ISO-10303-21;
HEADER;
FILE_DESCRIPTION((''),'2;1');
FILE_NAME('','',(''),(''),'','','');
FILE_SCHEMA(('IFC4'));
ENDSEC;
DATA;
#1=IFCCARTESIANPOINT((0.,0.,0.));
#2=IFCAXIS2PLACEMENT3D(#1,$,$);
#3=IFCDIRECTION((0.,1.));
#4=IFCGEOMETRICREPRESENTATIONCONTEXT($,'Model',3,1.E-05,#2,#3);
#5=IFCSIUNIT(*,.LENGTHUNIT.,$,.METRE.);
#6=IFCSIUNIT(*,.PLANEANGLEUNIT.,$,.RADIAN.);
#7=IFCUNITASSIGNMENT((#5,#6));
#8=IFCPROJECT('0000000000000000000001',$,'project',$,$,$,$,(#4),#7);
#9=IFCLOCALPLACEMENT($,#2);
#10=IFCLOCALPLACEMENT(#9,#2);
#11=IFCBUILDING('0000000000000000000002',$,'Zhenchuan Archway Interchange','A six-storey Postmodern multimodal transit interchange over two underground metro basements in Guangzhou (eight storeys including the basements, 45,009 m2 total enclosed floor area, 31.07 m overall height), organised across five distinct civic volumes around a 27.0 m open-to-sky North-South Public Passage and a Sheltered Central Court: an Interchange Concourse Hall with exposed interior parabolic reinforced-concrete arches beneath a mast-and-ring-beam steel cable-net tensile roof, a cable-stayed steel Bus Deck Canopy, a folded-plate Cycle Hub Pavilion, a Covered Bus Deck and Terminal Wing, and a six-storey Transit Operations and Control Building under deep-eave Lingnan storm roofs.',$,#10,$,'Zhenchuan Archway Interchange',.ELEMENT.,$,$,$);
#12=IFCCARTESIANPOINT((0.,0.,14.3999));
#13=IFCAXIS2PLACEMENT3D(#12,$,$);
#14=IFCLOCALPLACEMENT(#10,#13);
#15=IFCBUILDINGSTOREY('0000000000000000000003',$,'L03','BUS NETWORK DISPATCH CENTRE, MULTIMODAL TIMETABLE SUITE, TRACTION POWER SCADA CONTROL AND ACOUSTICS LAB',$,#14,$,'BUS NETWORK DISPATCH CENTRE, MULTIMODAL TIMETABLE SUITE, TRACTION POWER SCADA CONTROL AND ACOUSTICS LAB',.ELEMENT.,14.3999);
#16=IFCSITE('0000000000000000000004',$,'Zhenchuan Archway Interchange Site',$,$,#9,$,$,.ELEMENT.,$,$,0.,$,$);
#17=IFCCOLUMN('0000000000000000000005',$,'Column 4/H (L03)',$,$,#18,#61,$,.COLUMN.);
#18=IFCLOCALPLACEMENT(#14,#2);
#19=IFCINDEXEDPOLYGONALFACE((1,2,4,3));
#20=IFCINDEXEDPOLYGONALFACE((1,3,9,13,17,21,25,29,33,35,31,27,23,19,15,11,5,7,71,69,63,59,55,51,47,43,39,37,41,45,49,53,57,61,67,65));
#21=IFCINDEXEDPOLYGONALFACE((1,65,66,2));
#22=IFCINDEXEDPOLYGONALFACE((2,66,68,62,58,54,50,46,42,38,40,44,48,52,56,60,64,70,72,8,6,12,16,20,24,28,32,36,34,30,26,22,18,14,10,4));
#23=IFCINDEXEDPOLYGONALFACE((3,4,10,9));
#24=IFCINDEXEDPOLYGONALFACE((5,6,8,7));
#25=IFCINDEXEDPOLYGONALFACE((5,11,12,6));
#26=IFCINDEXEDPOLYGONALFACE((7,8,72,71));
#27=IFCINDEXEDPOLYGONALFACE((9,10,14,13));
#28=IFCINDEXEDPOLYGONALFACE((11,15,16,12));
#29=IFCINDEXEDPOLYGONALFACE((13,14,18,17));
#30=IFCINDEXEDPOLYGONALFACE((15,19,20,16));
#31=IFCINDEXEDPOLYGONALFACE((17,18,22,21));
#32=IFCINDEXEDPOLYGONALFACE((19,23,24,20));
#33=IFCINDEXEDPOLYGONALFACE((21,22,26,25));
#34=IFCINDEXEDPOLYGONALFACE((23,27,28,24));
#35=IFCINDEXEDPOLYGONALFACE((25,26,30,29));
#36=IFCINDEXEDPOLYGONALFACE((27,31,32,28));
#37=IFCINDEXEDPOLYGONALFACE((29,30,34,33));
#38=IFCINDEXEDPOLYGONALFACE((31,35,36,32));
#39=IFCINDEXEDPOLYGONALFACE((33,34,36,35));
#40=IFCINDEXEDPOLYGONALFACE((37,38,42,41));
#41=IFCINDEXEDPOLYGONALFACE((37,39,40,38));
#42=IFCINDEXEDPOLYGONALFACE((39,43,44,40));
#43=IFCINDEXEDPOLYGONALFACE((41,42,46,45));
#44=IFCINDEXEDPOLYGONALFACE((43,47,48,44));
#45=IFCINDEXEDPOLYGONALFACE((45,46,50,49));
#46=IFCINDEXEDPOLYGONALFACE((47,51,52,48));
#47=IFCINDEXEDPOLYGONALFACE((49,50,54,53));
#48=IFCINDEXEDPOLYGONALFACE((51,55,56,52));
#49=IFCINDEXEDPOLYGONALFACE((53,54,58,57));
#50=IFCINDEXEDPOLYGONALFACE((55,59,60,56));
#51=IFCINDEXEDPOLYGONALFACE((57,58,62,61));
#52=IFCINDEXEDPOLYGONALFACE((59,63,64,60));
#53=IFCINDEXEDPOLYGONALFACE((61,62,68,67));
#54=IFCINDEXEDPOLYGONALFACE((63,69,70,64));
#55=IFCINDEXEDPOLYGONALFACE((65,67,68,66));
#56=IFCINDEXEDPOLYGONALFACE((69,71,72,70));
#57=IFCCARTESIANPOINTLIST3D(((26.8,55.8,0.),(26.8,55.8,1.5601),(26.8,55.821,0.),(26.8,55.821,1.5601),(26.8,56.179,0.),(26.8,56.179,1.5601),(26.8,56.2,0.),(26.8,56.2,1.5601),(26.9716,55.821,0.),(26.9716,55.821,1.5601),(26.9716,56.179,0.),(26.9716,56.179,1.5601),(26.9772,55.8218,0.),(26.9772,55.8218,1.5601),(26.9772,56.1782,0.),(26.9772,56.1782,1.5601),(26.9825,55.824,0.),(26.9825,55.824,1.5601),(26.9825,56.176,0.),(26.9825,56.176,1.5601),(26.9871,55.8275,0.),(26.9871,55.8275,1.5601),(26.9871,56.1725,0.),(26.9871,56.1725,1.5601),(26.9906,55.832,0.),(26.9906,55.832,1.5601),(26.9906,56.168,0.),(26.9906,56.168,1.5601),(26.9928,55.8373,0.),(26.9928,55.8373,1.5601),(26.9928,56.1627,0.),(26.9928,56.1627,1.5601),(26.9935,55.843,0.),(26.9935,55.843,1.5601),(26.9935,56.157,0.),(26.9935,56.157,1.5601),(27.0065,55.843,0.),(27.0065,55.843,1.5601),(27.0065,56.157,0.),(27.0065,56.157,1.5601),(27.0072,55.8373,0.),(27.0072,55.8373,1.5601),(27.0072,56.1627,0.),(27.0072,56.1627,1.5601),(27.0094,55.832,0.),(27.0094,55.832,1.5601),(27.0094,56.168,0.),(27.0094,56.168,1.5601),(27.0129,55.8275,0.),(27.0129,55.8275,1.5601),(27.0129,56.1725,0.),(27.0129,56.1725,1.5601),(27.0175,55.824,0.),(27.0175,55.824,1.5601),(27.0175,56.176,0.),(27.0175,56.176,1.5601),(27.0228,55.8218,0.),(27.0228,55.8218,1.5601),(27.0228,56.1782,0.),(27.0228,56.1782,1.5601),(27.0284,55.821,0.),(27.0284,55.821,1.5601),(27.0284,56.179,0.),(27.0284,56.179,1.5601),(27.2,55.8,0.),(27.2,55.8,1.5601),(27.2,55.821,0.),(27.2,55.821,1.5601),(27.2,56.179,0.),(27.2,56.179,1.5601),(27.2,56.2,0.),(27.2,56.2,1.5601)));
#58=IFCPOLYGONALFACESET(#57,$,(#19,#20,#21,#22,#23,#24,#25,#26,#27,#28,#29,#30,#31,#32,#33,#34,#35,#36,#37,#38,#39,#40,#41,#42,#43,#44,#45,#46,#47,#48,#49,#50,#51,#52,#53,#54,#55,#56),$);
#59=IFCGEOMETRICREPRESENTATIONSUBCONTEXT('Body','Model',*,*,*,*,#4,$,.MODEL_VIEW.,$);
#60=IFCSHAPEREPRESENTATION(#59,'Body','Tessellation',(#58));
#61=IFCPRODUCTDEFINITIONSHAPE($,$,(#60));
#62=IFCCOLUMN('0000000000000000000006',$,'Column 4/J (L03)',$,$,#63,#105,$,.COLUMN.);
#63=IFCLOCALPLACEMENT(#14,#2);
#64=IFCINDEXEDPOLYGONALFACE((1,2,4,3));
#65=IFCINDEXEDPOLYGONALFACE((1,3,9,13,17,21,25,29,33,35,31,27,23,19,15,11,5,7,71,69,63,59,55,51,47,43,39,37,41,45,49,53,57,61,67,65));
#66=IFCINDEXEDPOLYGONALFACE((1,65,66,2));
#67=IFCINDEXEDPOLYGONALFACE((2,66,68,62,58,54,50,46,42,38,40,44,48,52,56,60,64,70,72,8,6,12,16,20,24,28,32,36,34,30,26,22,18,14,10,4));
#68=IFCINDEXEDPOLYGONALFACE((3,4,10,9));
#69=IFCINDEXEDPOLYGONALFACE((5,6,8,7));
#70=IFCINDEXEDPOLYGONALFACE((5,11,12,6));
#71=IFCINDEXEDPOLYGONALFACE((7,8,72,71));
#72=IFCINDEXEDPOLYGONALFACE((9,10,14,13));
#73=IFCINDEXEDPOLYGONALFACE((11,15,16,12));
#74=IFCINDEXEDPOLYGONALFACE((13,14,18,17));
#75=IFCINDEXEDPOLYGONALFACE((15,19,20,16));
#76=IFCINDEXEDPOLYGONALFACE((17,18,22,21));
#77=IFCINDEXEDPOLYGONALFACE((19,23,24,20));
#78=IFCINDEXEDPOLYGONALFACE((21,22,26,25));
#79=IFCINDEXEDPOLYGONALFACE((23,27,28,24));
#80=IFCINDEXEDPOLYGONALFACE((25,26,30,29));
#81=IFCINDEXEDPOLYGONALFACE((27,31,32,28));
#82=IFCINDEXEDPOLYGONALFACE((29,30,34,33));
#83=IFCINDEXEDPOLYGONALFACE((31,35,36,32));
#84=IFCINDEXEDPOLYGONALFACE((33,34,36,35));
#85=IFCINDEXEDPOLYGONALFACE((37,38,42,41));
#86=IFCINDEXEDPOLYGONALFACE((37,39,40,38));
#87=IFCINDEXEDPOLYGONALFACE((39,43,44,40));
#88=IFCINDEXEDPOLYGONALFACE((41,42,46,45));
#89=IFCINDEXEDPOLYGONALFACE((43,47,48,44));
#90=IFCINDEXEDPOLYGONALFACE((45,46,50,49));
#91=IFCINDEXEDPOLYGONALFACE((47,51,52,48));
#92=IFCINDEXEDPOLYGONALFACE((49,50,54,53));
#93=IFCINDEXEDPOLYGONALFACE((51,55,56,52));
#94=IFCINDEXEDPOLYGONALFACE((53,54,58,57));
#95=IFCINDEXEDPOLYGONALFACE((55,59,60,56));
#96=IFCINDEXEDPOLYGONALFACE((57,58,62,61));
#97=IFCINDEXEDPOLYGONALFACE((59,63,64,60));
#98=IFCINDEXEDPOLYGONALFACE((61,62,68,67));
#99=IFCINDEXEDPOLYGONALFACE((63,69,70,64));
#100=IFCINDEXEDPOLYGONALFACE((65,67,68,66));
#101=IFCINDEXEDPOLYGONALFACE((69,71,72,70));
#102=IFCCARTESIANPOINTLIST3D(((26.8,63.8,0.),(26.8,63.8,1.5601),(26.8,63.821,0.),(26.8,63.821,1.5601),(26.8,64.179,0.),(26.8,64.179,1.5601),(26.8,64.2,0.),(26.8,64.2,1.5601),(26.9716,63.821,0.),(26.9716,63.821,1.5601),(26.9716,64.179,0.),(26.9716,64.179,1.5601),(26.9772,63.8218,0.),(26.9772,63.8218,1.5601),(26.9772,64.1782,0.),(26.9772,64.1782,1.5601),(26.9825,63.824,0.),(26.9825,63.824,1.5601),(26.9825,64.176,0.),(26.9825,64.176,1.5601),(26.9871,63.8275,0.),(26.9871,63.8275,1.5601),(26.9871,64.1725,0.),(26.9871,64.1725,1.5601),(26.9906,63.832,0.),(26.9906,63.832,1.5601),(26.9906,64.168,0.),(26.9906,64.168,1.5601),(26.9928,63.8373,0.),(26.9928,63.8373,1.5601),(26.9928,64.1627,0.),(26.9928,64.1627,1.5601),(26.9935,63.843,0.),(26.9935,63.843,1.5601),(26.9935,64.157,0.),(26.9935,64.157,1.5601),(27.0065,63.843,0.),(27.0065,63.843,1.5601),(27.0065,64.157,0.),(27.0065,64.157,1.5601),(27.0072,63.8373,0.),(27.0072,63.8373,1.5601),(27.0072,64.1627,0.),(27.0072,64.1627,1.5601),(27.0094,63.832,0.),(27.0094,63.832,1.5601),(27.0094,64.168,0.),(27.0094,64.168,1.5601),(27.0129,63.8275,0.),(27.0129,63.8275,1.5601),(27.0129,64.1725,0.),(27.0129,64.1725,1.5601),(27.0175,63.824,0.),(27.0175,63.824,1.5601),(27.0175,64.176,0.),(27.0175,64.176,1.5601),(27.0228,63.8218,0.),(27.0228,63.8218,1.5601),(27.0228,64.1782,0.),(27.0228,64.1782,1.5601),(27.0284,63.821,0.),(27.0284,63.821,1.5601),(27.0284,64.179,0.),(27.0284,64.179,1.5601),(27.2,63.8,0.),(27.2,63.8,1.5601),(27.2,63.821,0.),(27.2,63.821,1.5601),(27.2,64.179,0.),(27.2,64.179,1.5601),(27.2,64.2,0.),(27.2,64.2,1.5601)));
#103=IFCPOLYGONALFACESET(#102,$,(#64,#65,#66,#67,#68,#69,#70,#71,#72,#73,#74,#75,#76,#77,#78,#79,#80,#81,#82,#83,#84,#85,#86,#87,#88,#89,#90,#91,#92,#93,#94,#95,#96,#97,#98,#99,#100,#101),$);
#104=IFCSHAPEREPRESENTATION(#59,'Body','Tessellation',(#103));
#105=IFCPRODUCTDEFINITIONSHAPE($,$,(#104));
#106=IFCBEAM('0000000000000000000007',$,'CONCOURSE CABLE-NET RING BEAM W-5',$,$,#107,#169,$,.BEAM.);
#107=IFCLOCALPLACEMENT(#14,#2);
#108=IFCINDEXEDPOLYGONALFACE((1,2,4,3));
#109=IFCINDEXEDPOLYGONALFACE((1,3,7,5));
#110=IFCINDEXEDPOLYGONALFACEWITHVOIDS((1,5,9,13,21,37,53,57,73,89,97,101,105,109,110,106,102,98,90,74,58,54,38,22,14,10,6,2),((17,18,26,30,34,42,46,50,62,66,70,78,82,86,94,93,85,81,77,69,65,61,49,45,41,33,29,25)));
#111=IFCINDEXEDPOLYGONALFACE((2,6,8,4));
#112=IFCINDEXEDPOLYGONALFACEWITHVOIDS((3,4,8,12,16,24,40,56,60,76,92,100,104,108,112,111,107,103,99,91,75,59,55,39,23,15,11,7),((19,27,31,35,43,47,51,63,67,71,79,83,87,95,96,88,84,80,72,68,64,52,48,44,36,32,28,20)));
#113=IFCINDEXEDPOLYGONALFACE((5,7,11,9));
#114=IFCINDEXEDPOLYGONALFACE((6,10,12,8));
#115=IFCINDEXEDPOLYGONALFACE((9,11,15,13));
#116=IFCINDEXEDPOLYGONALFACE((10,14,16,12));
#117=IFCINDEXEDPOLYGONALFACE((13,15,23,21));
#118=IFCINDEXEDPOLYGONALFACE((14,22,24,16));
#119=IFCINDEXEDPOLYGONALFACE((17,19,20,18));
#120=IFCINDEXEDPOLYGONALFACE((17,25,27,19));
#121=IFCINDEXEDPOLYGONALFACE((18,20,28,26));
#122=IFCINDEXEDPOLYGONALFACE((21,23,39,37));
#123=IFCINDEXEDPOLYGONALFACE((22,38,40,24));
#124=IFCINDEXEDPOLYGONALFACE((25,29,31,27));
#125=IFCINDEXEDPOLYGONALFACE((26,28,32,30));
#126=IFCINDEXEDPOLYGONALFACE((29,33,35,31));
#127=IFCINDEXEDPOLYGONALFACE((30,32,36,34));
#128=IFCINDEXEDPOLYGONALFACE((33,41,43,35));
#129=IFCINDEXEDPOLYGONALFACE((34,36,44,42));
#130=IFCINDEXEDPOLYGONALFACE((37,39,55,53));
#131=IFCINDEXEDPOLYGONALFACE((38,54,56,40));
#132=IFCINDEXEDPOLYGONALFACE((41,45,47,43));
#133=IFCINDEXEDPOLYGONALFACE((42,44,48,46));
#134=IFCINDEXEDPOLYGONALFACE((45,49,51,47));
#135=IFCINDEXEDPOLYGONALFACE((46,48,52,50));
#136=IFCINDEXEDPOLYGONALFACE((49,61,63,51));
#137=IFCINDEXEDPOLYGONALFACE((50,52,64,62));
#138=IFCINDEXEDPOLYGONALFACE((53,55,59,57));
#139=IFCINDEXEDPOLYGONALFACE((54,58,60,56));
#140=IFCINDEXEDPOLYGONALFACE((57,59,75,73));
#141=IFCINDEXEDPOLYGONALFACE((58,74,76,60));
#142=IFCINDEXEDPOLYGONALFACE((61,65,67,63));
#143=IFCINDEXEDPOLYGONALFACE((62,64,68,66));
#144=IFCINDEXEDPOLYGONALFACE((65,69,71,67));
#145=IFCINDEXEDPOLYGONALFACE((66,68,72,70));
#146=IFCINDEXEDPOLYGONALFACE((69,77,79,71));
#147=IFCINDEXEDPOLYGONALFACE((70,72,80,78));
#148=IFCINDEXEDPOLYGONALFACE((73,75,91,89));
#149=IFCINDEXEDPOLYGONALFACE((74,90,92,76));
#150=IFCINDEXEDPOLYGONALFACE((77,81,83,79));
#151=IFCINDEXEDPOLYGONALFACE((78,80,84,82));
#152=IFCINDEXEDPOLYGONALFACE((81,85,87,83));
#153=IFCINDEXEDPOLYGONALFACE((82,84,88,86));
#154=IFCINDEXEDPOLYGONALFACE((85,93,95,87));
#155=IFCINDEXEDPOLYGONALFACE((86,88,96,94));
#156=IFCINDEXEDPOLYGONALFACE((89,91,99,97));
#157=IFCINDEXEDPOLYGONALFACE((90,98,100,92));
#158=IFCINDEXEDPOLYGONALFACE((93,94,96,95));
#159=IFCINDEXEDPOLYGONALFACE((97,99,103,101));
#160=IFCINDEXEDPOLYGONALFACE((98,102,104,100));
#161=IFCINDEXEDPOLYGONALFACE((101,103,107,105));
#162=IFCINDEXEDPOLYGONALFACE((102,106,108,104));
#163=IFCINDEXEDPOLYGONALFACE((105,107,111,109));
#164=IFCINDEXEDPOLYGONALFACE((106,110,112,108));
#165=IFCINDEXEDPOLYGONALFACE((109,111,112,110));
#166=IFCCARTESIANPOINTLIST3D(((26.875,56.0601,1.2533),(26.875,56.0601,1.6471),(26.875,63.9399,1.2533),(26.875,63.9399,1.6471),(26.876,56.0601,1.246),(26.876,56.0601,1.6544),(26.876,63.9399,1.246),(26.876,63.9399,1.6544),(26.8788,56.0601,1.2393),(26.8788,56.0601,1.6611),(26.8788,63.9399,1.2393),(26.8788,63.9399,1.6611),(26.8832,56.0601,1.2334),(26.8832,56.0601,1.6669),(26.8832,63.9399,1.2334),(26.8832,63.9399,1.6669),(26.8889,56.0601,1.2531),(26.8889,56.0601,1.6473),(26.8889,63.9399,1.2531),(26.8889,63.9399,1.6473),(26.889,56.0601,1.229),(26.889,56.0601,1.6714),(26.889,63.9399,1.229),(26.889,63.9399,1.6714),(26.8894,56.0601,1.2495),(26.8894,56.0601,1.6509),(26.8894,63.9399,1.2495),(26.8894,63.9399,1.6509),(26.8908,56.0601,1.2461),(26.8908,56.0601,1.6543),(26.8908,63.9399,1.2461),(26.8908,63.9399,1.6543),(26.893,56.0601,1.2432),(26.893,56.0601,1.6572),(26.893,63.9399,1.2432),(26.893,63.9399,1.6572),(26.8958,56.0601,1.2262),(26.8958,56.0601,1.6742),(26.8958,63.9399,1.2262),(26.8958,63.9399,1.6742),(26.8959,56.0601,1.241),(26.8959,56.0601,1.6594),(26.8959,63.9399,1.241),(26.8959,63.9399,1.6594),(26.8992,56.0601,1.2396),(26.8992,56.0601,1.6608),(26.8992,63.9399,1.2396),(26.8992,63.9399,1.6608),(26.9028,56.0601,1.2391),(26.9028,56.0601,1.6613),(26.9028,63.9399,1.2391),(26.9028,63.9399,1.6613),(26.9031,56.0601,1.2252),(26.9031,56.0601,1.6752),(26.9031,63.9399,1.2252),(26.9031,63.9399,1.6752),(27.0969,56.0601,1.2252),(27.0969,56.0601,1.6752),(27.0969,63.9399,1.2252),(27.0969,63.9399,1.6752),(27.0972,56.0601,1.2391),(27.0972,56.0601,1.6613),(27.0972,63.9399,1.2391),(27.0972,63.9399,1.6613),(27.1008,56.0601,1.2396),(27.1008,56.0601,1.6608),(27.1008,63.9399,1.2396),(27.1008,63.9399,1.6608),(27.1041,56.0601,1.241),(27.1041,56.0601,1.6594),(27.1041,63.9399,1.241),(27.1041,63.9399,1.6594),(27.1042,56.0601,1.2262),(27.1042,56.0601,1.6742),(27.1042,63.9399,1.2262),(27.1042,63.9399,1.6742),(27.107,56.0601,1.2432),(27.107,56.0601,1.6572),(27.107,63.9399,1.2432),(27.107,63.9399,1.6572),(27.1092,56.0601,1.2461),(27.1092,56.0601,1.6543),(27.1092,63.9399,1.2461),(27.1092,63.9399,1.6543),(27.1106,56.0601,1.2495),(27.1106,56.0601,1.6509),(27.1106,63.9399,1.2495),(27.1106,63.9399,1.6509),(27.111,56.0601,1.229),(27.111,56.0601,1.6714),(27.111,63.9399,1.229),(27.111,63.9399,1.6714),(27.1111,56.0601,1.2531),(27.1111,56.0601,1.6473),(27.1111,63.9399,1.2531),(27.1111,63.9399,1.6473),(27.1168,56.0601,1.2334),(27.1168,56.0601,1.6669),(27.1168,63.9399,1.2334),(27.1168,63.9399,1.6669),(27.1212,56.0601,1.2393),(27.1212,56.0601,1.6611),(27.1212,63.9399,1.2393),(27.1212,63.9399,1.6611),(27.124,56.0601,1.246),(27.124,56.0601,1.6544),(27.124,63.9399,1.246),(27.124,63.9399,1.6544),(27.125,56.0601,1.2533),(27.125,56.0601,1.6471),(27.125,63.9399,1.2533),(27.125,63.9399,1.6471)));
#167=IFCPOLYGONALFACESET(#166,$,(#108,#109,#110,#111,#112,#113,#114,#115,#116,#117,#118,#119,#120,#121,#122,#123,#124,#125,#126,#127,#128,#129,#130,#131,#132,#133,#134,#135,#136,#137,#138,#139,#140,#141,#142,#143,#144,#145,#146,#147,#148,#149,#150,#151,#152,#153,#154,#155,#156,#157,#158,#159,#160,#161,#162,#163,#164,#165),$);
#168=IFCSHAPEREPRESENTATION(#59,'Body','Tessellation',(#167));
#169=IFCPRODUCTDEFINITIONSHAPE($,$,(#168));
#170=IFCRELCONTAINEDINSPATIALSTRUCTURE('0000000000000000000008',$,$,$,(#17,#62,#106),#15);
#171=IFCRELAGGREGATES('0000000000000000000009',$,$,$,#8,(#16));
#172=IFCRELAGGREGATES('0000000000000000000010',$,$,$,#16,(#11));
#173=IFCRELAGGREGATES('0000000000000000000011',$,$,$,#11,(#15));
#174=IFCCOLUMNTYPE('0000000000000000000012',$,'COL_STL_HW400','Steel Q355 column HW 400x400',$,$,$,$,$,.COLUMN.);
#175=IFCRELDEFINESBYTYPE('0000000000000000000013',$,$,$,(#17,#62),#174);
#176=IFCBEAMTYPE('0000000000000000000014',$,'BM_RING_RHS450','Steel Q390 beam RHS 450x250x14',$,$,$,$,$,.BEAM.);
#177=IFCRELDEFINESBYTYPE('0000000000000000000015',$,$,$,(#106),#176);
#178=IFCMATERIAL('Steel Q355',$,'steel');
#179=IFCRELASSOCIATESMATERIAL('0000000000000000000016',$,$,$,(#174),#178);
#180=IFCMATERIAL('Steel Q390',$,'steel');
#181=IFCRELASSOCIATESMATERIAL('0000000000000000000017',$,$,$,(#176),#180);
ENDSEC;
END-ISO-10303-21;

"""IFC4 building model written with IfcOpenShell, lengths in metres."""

from ifc_helpers import new_model, si_unit, direction, frame, origin, origin_2d, place, context, subcontext, project, spatial, hollow_rectangle, i_section, extrude, material, material_profile, profile_set, type_object, element, save


model = new_model("IFC4")

# Units and contexts
model_context = context("Model", 3, precision=1e-05, world=origin(), true_north=direction((0.0, 1.0)))
body_context = subcontext(model_context, "Body", "Model", "MODEL_VIEW")
ifc_project = project(units=[si_unit("LENGTHUNIT", "METRE"), si_unit("PLANEANGLEUNIT", "RADIAN")], contexts=[model_context])

# Site, building, storey
site_placement = place(None, origin())
site = spatial("IfcSite", under=ifc_project, at=site_placement, Name="Zhenchuan Archway Interchange Site", CompositionType="ELEMENT", RefElevation=0.0)
building_placement = place(site_placement, origin())
building = spatial("IfcBuilding", under=site, at=building_placement, Name="Zhenchuan Archway Interchange", Description="A six-storey Postmodern multimodal transit interchange over two underground metro basements in Guangzhou (eight storeys including the basements, 45,009 m2 total enclosed floor area, 31.07 m overall height), organised across five distinct civic volumes around a 27.0 m open-to-sky North-South Public Passage and a Sheltered Central Court: an Interchange Concourse Hall with exposed interior parabolic reinforced-concrete arches beneath a mast-and-ring-beam steel cable-net tensile roof, a cable-stayed steel Bus Deck Canopy, a folded-plate Cycle Hub Pavilion, a Covered Bus Deck and Terminal Wing, and a six-storey Transit Operations and Control Building under deep-eave Lingnan storm roofs.", LongName="Zhenchuan Archway Interchange", CompositionType="ELEMENT")
storey_placement = place(building_placement, frame((0.0, 0.0, 14.3999)))
storey = spatial("IfcBuildingStorey", under=building, at=storey_placement, Name="L03", Description="BUS NETWORK DISPATCH CENTRE, MULTIMODAL TIMETABLE SUITE, TRACTION POWER SCADA CONTROL AND ACOUSTICS LAB", LongName="BUS NETWORK DISPATCH CENTRE, MULTIMODAL TIMETABLE SUITE, TRACTION POWER SCADA CONTROL AND ACOUSTICS LAB", CompositionType="ELEMENT", Elevation=14.3999)

# Columns
ifc_material_1 = material(Name="Steel Q355", Category="steel")
ifc_material_profile_1 = material_profile(ifc_material_1, i_section(OverallWidth=0.3999, OverallDepth=0.3999, WebThickness=0.0129, FlangeThickness=0.021, FilletRadius=0.022, at=origin_2d()), Name="HW 400x400")
ifc_profile_set_1 = profile_set([ifc_material_profile_1], Name="Steel Q355")
column_type = type_object("IfcColumnType", Name="COL_STL_HW400", Description="Steel Q355 column HW 400x400", PredefinedType="COLUMN", material=ifc_profile_set_1)
for number, where, z_axis, x_axis, name in (
    (1, (27.0, 56.0, 0.0), (0.0, 0.0, 1.0), (1.0, 0.0, 0.0), "Column 4/H (L03)"),
    (2, (27.0, 64.0, 0.0), (0.0, 0.0, 1.0), (1.0, 0.0, 0.0), "Column 4/J (L03)"),
):
    element("IfcColumn", number, at=place(storey_placement, frame(where, z_axis=z_axis, x_axis=x_axis)), inside=storey, type_object=column_type, Name=name, PredefinedType="COLUMN", context=body_context, shape_type="SweptSolid", body=[
        extrude(i_section(OverallWidth=0.3999, OverallDepth=0.3999, WebThickness=0.0129, FlangeThickness=0.021, FilletRadius=0.022, at=origin_2d()), origin(), (0.0, 0.0, 1.0), 1.5601),
    ])

# Beam
ifc_material_2 = material(Name="Steel Q390", Category="steel")
ifc_material_profile_2 = material_profile(ifc_material_2, hollow_rectangle(XDim=0.25, YDim=0.45, WallThickness=0.0139, InnerFilletRadius=0.0139, OuterFilletRadius=0.0281, at=origin_2d()), Name="RHS 450x250x14")
ifc_profile_set_2 = profile_set([ifc_material_profile_2], Name="Steel Q390")
beam_type_1 = type_object("IfcBeamType", Name="BM_RING_RHS450", Description="Steel Q390 beam RHS 450x250x14", PredefinedType="BEAM", material=ifc_profile_set_2)
for number, where, z_axis, x_axis, name in (
    (3, (27.0, 56.0601, 1.4502), (0.0, 1.0, 0.0), (-1.0, 0.0, 0.0), "CONCOURSE CABLE-NET RING BEAM W-5"),
):
    element("IfcBeam", number, at=place(storey_placement, frame(where, z_axis=z_axis, x_axis=x_axis)), inside=storey, type_object=beam_type_1, Name=name, PredefinedType="BEAM", context=body_context, shape_type="SweptSolid", body=[
        extrude(hollow_rectangle(XDim=0.25, YDim=0.45, WallThickness=0.0139, InnerFilletRadius=0.0139, OuterFilletRadius=0.0281, at=origin_2d()), origin(), (0.0, 0.0, 1.0), 7.8799),
    ])

save(model, "model.ifc")
